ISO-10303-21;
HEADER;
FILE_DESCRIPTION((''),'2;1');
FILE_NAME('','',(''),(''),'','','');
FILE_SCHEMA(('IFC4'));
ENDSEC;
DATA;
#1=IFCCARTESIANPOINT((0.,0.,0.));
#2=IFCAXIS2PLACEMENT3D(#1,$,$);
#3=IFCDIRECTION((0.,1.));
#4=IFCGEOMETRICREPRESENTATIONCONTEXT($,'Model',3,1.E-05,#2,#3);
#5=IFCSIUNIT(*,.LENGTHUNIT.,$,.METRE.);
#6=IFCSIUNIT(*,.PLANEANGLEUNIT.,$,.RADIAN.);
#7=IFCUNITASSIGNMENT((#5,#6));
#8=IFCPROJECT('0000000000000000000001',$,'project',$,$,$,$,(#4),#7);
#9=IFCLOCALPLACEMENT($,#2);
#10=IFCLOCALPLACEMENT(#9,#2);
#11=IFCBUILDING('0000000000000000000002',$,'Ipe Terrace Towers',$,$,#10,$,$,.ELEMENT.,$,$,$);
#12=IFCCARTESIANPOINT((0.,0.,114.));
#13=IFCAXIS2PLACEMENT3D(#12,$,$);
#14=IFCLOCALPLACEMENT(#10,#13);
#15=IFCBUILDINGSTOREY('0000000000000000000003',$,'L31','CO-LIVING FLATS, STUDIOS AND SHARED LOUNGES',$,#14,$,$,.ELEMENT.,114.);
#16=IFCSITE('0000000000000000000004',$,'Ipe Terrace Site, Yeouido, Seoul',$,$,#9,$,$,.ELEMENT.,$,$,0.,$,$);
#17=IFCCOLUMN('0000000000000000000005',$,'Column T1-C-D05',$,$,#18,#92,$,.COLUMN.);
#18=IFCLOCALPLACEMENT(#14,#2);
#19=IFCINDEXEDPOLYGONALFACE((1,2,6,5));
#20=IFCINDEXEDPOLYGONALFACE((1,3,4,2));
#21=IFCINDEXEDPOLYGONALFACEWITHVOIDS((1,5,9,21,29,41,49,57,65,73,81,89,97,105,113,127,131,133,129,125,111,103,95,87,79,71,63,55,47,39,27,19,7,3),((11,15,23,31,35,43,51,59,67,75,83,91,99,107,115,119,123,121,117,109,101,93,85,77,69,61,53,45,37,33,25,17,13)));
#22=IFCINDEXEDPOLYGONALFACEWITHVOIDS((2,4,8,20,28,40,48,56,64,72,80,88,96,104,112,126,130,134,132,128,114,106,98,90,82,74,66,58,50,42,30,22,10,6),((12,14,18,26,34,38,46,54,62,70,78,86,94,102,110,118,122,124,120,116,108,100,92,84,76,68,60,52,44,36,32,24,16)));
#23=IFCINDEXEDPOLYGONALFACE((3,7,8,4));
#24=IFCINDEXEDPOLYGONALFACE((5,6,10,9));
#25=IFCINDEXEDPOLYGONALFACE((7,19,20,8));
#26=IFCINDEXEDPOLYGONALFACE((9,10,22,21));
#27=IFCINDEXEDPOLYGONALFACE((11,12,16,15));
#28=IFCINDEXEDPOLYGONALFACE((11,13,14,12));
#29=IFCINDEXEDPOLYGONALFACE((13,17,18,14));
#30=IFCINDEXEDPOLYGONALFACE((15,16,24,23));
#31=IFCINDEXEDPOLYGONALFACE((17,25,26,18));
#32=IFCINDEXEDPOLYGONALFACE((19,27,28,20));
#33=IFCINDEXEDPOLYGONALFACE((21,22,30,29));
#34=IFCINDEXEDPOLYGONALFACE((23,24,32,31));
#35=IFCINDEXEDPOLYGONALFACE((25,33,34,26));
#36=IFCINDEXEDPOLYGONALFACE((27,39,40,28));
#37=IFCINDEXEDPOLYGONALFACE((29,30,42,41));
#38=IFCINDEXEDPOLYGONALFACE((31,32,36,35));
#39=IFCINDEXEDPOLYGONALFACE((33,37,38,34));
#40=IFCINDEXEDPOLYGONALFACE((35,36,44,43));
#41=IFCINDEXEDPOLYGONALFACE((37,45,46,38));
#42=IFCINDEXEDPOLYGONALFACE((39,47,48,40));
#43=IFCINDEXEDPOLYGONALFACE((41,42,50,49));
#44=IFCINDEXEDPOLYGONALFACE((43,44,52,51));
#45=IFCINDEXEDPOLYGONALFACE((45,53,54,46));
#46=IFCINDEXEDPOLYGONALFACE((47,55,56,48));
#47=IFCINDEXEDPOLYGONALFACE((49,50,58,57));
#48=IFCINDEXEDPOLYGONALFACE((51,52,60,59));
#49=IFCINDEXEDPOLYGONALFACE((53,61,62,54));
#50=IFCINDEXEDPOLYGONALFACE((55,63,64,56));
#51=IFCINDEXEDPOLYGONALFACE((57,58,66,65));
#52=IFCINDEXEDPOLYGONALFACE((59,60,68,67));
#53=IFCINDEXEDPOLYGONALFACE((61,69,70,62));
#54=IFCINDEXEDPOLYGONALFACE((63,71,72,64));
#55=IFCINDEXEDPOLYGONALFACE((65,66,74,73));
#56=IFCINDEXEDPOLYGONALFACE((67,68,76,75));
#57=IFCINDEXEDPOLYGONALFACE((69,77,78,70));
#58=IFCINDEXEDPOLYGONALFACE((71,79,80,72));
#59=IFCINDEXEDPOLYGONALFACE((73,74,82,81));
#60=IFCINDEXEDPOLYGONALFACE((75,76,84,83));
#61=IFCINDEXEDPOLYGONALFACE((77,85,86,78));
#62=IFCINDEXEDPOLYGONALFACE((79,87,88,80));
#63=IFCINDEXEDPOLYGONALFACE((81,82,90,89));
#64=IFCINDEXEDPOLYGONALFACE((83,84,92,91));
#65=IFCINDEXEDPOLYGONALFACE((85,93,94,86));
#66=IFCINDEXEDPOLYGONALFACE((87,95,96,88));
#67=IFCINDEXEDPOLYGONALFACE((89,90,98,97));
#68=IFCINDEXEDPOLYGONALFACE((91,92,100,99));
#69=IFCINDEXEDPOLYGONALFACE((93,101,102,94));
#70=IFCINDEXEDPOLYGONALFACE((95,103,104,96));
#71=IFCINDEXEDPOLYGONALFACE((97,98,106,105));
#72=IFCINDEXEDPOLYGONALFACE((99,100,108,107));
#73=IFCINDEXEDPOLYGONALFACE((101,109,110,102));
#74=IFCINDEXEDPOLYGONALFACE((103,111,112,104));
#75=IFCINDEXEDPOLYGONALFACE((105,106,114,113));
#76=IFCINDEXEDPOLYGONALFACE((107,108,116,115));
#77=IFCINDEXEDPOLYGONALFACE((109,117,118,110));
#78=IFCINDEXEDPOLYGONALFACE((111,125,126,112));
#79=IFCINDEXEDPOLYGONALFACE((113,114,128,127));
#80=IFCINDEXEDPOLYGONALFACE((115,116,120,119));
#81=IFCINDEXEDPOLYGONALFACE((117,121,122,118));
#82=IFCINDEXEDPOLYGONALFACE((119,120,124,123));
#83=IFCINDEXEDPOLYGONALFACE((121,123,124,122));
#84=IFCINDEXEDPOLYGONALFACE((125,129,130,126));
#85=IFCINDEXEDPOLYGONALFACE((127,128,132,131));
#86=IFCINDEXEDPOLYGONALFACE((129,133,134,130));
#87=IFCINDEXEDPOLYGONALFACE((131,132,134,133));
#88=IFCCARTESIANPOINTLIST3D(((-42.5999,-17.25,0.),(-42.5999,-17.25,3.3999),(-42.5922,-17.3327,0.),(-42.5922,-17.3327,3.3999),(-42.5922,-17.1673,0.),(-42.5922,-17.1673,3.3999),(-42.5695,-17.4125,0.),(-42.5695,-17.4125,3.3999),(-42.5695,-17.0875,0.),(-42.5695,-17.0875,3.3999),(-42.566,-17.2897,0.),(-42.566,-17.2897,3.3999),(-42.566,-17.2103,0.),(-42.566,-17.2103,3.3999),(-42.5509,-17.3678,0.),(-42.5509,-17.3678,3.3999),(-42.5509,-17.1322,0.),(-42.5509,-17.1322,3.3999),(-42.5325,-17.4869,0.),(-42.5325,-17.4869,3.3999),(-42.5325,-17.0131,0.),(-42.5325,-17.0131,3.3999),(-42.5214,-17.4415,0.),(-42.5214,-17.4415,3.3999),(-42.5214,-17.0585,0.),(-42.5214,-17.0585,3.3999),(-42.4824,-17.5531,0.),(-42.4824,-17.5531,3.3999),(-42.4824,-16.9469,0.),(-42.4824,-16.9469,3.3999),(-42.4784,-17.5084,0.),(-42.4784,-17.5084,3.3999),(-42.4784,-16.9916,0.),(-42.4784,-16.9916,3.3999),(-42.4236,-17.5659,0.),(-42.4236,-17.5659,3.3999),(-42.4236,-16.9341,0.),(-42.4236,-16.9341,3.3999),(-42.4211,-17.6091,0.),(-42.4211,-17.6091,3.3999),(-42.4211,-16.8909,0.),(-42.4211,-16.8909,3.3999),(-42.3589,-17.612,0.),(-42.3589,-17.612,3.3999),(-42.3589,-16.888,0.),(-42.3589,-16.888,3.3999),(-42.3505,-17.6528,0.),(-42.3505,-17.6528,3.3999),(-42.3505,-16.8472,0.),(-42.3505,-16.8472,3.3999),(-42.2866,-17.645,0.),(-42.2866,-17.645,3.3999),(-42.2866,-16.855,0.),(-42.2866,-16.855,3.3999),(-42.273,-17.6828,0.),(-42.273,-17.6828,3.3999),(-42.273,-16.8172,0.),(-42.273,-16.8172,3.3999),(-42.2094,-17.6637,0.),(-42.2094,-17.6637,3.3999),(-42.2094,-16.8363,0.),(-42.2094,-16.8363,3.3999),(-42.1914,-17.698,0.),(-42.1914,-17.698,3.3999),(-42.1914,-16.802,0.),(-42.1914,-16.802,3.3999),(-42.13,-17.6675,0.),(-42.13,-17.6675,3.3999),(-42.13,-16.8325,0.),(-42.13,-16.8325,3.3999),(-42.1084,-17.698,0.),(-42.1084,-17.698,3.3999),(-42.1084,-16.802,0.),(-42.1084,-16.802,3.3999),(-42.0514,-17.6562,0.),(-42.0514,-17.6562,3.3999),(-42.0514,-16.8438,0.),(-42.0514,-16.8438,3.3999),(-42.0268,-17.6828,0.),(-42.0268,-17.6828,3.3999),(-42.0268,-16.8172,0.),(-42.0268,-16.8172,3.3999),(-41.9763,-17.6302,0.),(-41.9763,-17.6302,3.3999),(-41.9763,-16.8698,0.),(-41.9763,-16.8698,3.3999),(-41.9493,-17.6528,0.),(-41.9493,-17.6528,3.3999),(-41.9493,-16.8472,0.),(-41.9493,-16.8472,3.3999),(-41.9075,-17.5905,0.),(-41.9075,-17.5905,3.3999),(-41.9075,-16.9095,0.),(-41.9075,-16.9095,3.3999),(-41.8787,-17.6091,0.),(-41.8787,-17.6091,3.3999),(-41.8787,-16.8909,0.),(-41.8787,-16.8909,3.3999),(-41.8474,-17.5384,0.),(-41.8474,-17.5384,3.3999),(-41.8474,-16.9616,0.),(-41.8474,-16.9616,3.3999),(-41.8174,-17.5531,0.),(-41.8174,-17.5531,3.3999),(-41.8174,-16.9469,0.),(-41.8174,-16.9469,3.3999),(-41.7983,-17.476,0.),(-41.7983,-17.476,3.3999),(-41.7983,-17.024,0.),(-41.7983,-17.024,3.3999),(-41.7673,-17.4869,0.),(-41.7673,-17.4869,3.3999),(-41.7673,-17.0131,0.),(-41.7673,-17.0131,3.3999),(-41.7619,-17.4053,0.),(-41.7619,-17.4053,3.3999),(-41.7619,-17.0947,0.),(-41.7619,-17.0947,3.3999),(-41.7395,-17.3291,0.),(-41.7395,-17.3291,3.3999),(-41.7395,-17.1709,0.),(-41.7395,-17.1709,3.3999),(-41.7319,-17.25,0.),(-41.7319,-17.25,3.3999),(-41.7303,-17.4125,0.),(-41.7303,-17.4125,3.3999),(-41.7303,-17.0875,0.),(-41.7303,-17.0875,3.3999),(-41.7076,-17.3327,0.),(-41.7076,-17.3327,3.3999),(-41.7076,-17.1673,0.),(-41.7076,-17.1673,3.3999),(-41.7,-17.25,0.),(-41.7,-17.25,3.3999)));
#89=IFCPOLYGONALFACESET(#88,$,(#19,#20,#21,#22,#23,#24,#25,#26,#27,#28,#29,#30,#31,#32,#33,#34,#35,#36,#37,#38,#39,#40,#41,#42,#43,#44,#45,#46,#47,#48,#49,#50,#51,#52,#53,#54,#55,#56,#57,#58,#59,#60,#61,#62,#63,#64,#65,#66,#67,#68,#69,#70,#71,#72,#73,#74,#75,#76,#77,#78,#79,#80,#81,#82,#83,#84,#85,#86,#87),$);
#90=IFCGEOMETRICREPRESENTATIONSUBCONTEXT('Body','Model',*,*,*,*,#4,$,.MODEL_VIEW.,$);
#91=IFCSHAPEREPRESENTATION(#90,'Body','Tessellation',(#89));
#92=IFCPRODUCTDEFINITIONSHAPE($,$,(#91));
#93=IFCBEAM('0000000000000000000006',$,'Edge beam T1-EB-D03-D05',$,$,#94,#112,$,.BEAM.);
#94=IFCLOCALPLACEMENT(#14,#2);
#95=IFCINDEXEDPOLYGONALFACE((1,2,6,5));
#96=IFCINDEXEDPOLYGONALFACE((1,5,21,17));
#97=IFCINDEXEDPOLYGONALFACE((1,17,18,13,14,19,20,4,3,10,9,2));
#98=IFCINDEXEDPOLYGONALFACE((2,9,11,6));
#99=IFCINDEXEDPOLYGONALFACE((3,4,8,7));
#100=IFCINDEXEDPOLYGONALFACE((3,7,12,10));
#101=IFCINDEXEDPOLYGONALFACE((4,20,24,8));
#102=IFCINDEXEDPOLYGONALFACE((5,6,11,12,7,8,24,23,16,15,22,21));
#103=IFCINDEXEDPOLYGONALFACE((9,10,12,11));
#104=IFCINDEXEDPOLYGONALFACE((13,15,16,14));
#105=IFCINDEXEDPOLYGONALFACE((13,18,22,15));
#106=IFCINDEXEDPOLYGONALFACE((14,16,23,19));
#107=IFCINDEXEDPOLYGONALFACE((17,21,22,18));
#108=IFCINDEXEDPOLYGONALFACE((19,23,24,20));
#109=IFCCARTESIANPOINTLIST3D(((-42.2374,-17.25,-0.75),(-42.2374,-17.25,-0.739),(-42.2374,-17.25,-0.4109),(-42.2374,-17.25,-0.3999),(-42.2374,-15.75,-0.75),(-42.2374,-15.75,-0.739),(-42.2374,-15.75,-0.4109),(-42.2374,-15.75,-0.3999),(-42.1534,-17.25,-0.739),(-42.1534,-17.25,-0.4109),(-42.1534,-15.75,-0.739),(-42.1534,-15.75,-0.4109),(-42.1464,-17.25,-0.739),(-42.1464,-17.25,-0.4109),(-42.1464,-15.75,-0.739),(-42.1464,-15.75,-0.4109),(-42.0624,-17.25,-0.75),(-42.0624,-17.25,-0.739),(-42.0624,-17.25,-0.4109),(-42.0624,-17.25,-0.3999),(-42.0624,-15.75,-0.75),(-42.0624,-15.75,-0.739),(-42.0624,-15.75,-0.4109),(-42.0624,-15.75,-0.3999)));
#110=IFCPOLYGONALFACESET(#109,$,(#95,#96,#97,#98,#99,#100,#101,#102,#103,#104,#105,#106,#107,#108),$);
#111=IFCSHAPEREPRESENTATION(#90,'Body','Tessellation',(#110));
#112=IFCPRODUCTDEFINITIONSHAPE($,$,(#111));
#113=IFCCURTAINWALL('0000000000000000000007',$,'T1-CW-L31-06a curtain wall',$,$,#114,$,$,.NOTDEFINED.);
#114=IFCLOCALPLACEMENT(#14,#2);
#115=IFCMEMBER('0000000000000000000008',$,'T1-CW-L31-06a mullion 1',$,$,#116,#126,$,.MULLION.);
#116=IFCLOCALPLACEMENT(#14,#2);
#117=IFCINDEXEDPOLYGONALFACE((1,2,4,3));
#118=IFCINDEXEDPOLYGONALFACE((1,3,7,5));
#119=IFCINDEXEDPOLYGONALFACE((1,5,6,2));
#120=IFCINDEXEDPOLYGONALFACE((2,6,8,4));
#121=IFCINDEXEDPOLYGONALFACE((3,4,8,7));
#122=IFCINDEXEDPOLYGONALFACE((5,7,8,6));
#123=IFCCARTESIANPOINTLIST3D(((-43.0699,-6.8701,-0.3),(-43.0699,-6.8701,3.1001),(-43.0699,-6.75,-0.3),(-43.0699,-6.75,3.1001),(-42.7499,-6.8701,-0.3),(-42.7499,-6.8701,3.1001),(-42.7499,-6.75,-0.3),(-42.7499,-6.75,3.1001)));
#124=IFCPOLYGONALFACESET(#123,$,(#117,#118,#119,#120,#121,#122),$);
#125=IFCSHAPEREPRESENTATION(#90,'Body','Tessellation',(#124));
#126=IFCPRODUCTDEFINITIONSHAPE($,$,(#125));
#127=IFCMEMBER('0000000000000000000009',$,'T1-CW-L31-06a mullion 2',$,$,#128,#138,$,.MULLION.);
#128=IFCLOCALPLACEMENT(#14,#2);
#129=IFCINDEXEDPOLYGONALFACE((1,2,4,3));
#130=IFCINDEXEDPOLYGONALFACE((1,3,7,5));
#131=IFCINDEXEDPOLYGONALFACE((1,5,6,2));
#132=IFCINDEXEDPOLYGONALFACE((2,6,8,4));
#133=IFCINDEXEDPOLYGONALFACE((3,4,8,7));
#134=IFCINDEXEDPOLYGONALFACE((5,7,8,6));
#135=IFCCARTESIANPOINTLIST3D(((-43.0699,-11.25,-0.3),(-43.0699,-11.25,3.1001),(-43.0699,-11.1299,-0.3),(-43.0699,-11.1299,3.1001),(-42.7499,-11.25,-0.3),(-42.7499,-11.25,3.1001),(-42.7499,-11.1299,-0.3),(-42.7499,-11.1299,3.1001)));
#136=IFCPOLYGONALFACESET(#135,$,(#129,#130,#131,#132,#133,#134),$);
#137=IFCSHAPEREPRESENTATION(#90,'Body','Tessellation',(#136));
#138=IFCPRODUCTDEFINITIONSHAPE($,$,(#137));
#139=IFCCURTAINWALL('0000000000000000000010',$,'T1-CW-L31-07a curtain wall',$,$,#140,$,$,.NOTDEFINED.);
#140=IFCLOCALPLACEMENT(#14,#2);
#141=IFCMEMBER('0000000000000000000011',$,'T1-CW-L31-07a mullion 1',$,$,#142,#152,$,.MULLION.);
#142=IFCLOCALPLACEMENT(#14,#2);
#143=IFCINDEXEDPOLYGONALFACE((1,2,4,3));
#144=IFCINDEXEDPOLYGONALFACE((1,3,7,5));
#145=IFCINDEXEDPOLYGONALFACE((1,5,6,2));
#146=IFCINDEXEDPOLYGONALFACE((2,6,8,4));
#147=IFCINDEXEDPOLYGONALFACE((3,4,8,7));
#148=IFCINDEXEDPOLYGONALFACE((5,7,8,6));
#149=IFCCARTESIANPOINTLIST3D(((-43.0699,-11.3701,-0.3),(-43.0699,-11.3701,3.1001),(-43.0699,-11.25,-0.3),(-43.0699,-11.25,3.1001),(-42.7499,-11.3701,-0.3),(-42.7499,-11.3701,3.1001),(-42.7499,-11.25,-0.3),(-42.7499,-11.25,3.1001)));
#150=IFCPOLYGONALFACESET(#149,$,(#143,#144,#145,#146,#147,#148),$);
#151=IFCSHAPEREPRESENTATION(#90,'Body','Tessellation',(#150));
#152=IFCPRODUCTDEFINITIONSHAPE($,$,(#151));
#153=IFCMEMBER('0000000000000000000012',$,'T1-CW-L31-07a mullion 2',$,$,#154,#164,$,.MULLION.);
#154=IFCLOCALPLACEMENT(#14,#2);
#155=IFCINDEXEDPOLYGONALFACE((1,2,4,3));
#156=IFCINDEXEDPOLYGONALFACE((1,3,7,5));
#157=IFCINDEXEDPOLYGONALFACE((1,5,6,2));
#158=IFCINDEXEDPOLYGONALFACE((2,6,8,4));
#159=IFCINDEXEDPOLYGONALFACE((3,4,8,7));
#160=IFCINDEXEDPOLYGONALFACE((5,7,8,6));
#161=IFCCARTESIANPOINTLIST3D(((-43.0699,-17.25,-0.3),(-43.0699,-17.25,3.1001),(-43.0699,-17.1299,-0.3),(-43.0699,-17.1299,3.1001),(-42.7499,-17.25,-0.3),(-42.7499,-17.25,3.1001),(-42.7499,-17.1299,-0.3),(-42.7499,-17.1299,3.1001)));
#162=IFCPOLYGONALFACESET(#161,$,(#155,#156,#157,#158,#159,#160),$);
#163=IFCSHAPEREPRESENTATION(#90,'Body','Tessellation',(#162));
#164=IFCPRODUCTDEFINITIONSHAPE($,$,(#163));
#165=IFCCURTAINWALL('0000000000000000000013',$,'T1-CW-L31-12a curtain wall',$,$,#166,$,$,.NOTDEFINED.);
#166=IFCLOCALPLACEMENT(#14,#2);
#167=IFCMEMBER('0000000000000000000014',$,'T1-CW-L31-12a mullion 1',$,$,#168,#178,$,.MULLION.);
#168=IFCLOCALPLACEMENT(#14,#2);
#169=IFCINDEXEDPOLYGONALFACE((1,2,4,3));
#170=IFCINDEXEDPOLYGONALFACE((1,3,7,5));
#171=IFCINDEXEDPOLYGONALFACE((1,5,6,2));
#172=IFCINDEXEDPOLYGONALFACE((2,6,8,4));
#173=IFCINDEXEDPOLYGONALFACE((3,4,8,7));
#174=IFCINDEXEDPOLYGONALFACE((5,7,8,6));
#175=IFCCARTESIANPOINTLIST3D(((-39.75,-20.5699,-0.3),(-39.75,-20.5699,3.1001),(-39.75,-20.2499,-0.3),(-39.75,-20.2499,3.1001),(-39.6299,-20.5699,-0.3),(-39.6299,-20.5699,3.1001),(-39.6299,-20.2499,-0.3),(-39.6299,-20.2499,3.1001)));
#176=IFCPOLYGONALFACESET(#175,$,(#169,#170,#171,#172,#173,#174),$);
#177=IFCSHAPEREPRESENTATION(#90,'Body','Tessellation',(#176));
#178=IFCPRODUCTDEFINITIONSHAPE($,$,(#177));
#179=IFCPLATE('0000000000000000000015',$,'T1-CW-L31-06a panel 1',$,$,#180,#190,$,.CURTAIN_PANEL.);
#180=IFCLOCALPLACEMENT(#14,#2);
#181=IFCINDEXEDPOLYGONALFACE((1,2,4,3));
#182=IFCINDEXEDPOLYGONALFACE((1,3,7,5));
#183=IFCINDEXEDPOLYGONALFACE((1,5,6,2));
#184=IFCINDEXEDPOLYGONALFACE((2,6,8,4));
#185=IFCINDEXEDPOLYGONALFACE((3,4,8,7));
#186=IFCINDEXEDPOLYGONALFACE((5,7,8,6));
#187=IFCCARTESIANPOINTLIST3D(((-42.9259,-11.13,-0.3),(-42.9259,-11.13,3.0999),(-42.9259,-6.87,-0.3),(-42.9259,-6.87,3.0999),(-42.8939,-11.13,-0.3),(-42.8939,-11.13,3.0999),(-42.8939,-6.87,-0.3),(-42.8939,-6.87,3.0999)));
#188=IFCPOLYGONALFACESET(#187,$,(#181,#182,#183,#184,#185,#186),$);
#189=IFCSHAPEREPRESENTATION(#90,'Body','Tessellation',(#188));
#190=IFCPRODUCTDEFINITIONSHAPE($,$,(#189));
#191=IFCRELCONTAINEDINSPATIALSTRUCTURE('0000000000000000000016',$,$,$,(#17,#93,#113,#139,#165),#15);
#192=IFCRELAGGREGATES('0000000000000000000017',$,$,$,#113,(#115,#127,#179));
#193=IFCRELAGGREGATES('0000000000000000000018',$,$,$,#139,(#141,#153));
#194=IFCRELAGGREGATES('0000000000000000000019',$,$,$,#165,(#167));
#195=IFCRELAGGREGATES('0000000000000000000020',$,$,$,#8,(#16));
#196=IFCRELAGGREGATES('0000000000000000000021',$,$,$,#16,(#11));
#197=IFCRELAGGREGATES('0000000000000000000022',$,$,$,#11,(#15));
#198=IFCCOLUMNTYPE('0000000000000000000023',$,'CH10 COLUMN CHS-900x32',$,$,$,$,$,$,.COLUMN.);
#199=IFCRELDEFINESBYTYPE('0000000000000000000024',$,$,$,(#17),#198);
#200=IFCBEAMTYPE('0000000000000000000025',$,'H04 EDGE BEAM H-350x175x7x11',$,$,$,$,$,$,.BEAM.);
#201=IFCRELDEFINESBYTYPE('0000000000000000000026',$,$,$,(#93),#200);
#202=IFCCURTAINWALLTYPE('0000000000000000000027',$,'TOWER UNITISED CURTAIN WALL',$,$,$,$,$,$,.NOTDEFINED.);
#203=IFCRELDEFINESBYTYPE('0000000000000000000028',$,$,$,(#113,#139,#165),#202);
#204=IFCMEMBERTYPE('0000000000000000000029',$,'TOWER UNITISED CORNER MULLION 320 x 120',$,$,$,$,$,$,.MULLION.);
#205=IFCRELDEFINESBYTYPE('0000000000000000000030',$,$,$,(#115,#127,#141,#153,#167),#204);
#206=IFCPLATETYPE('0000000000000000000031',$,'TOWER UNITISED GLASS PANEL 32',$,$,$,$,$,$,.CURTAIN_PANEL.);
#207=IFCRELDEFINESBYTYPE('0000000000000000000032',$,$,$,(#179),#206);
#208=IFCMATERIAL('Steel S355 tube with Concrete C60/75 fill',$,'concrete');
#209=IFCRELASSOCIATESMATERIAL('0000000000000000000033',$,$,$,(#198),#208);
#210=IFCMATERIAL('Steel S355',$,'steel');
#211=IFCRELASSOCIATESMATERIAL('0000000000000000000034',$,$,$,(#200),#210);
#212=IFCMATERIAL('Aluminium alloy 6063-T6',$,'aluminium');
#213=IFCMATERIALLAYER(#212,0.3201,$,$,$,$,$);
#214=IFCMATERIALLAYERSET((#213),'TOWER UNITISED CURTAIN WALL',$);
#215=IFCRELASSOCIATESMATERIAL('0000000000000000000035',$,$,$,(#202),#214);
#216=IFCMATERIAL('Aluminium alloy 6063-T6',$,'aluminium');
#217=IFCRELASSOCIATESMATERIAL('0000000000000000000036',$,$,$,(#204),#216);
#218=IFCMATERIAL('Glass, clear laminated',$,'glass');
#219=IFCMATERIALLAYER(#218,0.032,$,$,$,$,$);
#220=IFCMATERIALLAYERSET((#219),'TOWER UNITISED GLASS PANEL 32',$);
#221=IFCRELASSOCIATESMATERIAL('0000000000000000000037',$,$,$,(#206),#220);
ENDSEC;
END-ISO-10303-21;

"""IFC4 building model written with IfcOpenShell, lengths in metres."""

from ifc_helpers import new_model, si_unit, direction, frame, origin, origin_2d, place, context, subcontext, project, spatial, rectangle, hollow_circle, i_section, extrude, material, layer, layer_set, material_profile, profile_set, type_object, element, aggregate, save


model = new_model("IFC4")

# Units and contexts
model_context = context("Model", 3, precision=1e-05, world=origin(), true_north=direction((0.0, 1.0)))
body_context = subcontext(model_context, "Body", "Model", "MODEL_VIEW")
ifc_project = project(units=[si_unit("LENGTHUNIT", "METRE"), si_unit("PLANEANGLEUNIT", "RADIAN")], contexts=[model_context])

# Site, building, storey
site_placement = place(None, origin())
site = spatial("IfcSite", under=ifc_project, at=site_placement, Name="Ipe Terrace Site, Yeouido, Seoul", CompositionType="ELEMENT", RefElevation=0.0)
building_placement = place(site_placement, origin())
building = spatial("IfcBuilding", under=site, at=building_placement, Name="Ipe Terrace Towers", CompositionType="ELEMENT")
storey_placement = place(building_placement, frame((0.0, 0.0, 114.0)))
storey = spatial("IfcBuildingStorey", under=building, at=storey_placement, Name="L31", Description="CO-LIVING FLATS, STUDIOS AND SHARED LOUNGES", CompositionType="ELEMENT", Elevation=114.0)

# Column
ifc_material_1 = material(Name="Steel S355 tube with Concrete C60/75 fill", Category="concrete")
ifc_material_profile_1 = material_profile(ifc_material_1, hollow_circle(Radius=0.45, WallThickness=0.032, at=origin_2d()), Name="CHS-900x32")
ifc_profile_set_1 = profile_set([ifc_material_profile_1], Name="Steel S355 tube with Concrete C60/75 fill")
column_type_1 = type_object("IfcColumnType", Name="CH10 COLUMN CHS-900x32", PredefinedType="COLUMN", material=ifc_profile_set_1)
for number, where, z_axis, x_axis, name in (
    (1, (-42.1499, -17.25, 0.0), (0.0, 0.0, 1.0), (1.0, 0.0, 0.0), "Column T1-C-D05"),
):
    element("IfcColumn", number, at=place(storey_placement, frame(where, z_axis=z_axis, x_axis=x_axis)), inside=storey, type_object=column_type_1, Name=name, PredefinedType="COLUMN", context=body_context, shape_type="SweptSolid", body=[
        extrude(hollow_circle(Radius=0.45, WallThickness=0.032, at=origin_2d()), origin(), (0.0, 0.0, 1.0), 3.3999),
    ])

# Beam
ifc_material_2 = material(Name="Steel S355", Category="steel")
ifc_material_profile_2 = material_profile(ifc_material_2, i_section(OverallWidth=0.175, OverallDepth=0.3501, WebThickness=0.0071, FlangeThickness=0.011, at=origin_2d()), Name="H-350x175x7x11")
ifc_profile_set_2 = profile_set([ifc_material_profile_2], Name="Steel S355")
beam_type = type_object("IfcBeamType", Name="H04 EDGE BEAM H-350x175x7x11", PredefinedType="BEAM", material=ifc_profile_set_2)
beam_placement = place(storey_placement, frame((-42.1499, -15.75, -0.575), z_axis=(0.0, -1.0, 0.0), x_axis=(1.0, 0.0, 0.0)))
element("IfcBeam", 2, at=beam_placement, inside=storey, type_object=beam_type, Name="Edge beam T1-EB-D03-D05", PredefinedType="BEAM", context=body_context, shape_type="SweptSolid", body=[
    extrude(i_section(OverallWidth=0.175, OverallDepth=0.3501, WebThickness=0.0071, FlangeThickness=0.011, at=origin_2d()), origin(), (0.0, 0.0, 1.0), 1.5),
])

# Curtain walls, members
ifc_material_3 = material(Name="Aluminium alloy 6063-T6", Category="aluminium")
ifc_layer_1 = layer(ifc_material_3, 0.3201)
ifc_layer_set_1 = layer_set([ifc_layer_1], Name="TOWER UNITISED CURTAIN WALL")
curtain_wall_type = type_object("IfcCurtainWallType", Name="TOWER UNITISED CURTAIN WALL", PredefinedType="NOTDEFINED", material=ifc_layer_set_1)
curtain_wall_1_placement = place(storey_placement, origin())
curtain_wall_1 = element("IfcCurtainWall", 3, at=curtain_wall_1_placement, inside=storey, type_object=curtain_wall_type, Name="T1-CW-L31-06a curtain wall", PredefinedType="NOTDEFINED")
ifc_material_4 = material(Name="Aluminium alloy 6063-T6", Category="aluminium")
ifc_material_profile_3 = material_profile(ifc_material_4, rectangle(XDim=0.3201, YDim=0.1201, at=origin_2d()), Name="TOWER UNITISED CORNER MULLION 320 x 120")
ifc_profile_set_3 = profile_set([ifc_material_profile_3], Name="Aluminium alloy 6063-T6")
member_type = type_object("IfcMemberType", Name="TOWER UNITISED CORNER MULLION 320 x 120", PredefinedType="MULLION", material=ifc_profile_set_3)
member_1_placement = place(storey_placement, frame((-42.9099, -6.8101, -0.3), z_axis=(0.0, 0.0, 1.0), x_axis=(-1.0, 0.0, 0.0)))
member_1 = element("IfcMember", 4, at=member_1_placement, type_object=member_type, Name="T1-CW-L31-06a mullion 1", PredefinedType="MULLION", context=body_context, shape_type="SweptSolid", body=[
    extrude(rectangle(XDim=0.3201, YDim=0.1201, at=origin_2d()), origin(), (0.0, 0.0, 1.0), 3.4001),
])
member_2_placement = place(storey_placement, frame((-42.9099, -11.1899, -0.3), z_axis=(0.0, 0.0, 1.0), x_axis=(-1.0, 0.0, 0.0)))
member_2 = element("IfcMember", 5, at=member_2_placement, type_object=member_type, Name="T1-CW-L31-06a mullion 2", PredefinedType="MULLION", context=body_context, shape_type="SweptSolid", body=[
    extrude(rectangle(XDim=0.3201, YDim=0.1201, at=origin_2d()), origin(), (0.0, 0.0, 1.0), 3.4001),
])
curtain_wall_2_placement = place(storey_placement, origin())
curtain_wall_2 = element("IfcCurtainWall", 6, at=curtain_wall_2_placement, inside=storey, type_object=curtain_wall_type, Name="T1-CW-L31-07a curtain wall", PredefinedType="NOTDEFINED")
member_3_placement = place(storey_placement, frame((-42.9099, -11.3101, -0.3), z_axis=(0.0, 0.0, 1.0), x_axis=(-1.0, 0.0, 0.0)))
member_3 = element("IfcMember", 7, at=member_3_placement, type_object=member_type, Name="T1-CW-L31-07a mullion 1", PredefinedType="MULLION", context=body_context, shape_type="SweptSolid", body=[
    extrude(rectangle(XDim=0.3201, YDim=0.1201, at=origin_2d()), origin(), (0.0, 0.0, 1.0), 3.4001),
])
member_4_placement = place(storey_placement, frame((-42.9099, -17.1899, -0.3), z_axis=(0.0, 0.0, 1.0), x_axis=(-1.0, 0.0, 0.0)))
member_4 = element("IfcMember", 8, at=member_4_placement, type_object=member_type, Name="T1-CW-L31-07a mullion 2", PredefinedType="MULLION", context=body_context, shape_type="SweptSolid", body=[
    extrude(rectangle(XDim=0.3201, YDim=0.1201, at=origin_2d()), origin(), (0.0, 0.0, 1.0), 3.4001),
])

# Curtain wall, member
curtain_wall_3_placement = place(storey_placement, origin())
curtain_wall_3 = element("IfcCurtainWall", 9, at=curtain_wall_3_placement, inside=storey, type_object=curtain_wall_type, Name="T1-CW-L31-12a curtain wall", PredefinedType="NOTDEFINED")
member_5_placement = place(storey_placement, frame((-39.6899, -20.4099, -0.3), z_axis=(0.0, 0.0, 1.0), x_axis=(0.0, -1.0, 0.0)))
member_5 = element("IfcMember", 10, at=member_5_placement, type_object=member_type, Name="T1-CW-L31-12a mullion 1", PredefinedType="MULLION", context=body_context, shape_type="SweptSolid", body=[
    extrude(rectangle(XDim=0.3201, YDim=0.1201, at=origin_2d()), origin(), (0.0, 0.0, 1.0), 3.4001),
])

# Plate
ifc_material_5 = material(Name="Glass, clear laminated", Category="glass")
ifc_layer_2 = layer(ifc_material_5, 0.032)
ifc_layer_set_2 = layer_set([ifc_layer_2], Name="TOWER UNITISED GLASS PANEL 32")
plate_type = type_object("IfcPlateType", Name="TOWER UNITISED GLASS PANEL 32", PredefinedType="CURTAIN_PANEL", material=ifc_layer_set_2)
plate_1_placement = place(storey_placement, frame((-42.9099, -9.0, -0.3), z_axis=(0.0, 0.0, 1.0), x_axis=(0.0, -1.0, 0.0)))
plate_1 = element("IfcPlate", 11, at=plate_1_placement, type_object=plate_type, Name="T1-CW-L31-06a panel 1", PredefinedType="CURTAIN_PANEL", context=body_context, shape_type="SweptSolid", body=[
    extrude(rectangle(XDim=4.26, YDim=0.032, at=origin_2d()), origin(), (0.0, 0.0, 1.0), 3.3999),
])
aggregate(curtain_wall_1, [member_1, member_2, plate_1])
aggregate(curtain_wall_2, [member_3, member_4])
aggregate(curtain_wall_3, [member_5])

save(model, "model.ifc")
